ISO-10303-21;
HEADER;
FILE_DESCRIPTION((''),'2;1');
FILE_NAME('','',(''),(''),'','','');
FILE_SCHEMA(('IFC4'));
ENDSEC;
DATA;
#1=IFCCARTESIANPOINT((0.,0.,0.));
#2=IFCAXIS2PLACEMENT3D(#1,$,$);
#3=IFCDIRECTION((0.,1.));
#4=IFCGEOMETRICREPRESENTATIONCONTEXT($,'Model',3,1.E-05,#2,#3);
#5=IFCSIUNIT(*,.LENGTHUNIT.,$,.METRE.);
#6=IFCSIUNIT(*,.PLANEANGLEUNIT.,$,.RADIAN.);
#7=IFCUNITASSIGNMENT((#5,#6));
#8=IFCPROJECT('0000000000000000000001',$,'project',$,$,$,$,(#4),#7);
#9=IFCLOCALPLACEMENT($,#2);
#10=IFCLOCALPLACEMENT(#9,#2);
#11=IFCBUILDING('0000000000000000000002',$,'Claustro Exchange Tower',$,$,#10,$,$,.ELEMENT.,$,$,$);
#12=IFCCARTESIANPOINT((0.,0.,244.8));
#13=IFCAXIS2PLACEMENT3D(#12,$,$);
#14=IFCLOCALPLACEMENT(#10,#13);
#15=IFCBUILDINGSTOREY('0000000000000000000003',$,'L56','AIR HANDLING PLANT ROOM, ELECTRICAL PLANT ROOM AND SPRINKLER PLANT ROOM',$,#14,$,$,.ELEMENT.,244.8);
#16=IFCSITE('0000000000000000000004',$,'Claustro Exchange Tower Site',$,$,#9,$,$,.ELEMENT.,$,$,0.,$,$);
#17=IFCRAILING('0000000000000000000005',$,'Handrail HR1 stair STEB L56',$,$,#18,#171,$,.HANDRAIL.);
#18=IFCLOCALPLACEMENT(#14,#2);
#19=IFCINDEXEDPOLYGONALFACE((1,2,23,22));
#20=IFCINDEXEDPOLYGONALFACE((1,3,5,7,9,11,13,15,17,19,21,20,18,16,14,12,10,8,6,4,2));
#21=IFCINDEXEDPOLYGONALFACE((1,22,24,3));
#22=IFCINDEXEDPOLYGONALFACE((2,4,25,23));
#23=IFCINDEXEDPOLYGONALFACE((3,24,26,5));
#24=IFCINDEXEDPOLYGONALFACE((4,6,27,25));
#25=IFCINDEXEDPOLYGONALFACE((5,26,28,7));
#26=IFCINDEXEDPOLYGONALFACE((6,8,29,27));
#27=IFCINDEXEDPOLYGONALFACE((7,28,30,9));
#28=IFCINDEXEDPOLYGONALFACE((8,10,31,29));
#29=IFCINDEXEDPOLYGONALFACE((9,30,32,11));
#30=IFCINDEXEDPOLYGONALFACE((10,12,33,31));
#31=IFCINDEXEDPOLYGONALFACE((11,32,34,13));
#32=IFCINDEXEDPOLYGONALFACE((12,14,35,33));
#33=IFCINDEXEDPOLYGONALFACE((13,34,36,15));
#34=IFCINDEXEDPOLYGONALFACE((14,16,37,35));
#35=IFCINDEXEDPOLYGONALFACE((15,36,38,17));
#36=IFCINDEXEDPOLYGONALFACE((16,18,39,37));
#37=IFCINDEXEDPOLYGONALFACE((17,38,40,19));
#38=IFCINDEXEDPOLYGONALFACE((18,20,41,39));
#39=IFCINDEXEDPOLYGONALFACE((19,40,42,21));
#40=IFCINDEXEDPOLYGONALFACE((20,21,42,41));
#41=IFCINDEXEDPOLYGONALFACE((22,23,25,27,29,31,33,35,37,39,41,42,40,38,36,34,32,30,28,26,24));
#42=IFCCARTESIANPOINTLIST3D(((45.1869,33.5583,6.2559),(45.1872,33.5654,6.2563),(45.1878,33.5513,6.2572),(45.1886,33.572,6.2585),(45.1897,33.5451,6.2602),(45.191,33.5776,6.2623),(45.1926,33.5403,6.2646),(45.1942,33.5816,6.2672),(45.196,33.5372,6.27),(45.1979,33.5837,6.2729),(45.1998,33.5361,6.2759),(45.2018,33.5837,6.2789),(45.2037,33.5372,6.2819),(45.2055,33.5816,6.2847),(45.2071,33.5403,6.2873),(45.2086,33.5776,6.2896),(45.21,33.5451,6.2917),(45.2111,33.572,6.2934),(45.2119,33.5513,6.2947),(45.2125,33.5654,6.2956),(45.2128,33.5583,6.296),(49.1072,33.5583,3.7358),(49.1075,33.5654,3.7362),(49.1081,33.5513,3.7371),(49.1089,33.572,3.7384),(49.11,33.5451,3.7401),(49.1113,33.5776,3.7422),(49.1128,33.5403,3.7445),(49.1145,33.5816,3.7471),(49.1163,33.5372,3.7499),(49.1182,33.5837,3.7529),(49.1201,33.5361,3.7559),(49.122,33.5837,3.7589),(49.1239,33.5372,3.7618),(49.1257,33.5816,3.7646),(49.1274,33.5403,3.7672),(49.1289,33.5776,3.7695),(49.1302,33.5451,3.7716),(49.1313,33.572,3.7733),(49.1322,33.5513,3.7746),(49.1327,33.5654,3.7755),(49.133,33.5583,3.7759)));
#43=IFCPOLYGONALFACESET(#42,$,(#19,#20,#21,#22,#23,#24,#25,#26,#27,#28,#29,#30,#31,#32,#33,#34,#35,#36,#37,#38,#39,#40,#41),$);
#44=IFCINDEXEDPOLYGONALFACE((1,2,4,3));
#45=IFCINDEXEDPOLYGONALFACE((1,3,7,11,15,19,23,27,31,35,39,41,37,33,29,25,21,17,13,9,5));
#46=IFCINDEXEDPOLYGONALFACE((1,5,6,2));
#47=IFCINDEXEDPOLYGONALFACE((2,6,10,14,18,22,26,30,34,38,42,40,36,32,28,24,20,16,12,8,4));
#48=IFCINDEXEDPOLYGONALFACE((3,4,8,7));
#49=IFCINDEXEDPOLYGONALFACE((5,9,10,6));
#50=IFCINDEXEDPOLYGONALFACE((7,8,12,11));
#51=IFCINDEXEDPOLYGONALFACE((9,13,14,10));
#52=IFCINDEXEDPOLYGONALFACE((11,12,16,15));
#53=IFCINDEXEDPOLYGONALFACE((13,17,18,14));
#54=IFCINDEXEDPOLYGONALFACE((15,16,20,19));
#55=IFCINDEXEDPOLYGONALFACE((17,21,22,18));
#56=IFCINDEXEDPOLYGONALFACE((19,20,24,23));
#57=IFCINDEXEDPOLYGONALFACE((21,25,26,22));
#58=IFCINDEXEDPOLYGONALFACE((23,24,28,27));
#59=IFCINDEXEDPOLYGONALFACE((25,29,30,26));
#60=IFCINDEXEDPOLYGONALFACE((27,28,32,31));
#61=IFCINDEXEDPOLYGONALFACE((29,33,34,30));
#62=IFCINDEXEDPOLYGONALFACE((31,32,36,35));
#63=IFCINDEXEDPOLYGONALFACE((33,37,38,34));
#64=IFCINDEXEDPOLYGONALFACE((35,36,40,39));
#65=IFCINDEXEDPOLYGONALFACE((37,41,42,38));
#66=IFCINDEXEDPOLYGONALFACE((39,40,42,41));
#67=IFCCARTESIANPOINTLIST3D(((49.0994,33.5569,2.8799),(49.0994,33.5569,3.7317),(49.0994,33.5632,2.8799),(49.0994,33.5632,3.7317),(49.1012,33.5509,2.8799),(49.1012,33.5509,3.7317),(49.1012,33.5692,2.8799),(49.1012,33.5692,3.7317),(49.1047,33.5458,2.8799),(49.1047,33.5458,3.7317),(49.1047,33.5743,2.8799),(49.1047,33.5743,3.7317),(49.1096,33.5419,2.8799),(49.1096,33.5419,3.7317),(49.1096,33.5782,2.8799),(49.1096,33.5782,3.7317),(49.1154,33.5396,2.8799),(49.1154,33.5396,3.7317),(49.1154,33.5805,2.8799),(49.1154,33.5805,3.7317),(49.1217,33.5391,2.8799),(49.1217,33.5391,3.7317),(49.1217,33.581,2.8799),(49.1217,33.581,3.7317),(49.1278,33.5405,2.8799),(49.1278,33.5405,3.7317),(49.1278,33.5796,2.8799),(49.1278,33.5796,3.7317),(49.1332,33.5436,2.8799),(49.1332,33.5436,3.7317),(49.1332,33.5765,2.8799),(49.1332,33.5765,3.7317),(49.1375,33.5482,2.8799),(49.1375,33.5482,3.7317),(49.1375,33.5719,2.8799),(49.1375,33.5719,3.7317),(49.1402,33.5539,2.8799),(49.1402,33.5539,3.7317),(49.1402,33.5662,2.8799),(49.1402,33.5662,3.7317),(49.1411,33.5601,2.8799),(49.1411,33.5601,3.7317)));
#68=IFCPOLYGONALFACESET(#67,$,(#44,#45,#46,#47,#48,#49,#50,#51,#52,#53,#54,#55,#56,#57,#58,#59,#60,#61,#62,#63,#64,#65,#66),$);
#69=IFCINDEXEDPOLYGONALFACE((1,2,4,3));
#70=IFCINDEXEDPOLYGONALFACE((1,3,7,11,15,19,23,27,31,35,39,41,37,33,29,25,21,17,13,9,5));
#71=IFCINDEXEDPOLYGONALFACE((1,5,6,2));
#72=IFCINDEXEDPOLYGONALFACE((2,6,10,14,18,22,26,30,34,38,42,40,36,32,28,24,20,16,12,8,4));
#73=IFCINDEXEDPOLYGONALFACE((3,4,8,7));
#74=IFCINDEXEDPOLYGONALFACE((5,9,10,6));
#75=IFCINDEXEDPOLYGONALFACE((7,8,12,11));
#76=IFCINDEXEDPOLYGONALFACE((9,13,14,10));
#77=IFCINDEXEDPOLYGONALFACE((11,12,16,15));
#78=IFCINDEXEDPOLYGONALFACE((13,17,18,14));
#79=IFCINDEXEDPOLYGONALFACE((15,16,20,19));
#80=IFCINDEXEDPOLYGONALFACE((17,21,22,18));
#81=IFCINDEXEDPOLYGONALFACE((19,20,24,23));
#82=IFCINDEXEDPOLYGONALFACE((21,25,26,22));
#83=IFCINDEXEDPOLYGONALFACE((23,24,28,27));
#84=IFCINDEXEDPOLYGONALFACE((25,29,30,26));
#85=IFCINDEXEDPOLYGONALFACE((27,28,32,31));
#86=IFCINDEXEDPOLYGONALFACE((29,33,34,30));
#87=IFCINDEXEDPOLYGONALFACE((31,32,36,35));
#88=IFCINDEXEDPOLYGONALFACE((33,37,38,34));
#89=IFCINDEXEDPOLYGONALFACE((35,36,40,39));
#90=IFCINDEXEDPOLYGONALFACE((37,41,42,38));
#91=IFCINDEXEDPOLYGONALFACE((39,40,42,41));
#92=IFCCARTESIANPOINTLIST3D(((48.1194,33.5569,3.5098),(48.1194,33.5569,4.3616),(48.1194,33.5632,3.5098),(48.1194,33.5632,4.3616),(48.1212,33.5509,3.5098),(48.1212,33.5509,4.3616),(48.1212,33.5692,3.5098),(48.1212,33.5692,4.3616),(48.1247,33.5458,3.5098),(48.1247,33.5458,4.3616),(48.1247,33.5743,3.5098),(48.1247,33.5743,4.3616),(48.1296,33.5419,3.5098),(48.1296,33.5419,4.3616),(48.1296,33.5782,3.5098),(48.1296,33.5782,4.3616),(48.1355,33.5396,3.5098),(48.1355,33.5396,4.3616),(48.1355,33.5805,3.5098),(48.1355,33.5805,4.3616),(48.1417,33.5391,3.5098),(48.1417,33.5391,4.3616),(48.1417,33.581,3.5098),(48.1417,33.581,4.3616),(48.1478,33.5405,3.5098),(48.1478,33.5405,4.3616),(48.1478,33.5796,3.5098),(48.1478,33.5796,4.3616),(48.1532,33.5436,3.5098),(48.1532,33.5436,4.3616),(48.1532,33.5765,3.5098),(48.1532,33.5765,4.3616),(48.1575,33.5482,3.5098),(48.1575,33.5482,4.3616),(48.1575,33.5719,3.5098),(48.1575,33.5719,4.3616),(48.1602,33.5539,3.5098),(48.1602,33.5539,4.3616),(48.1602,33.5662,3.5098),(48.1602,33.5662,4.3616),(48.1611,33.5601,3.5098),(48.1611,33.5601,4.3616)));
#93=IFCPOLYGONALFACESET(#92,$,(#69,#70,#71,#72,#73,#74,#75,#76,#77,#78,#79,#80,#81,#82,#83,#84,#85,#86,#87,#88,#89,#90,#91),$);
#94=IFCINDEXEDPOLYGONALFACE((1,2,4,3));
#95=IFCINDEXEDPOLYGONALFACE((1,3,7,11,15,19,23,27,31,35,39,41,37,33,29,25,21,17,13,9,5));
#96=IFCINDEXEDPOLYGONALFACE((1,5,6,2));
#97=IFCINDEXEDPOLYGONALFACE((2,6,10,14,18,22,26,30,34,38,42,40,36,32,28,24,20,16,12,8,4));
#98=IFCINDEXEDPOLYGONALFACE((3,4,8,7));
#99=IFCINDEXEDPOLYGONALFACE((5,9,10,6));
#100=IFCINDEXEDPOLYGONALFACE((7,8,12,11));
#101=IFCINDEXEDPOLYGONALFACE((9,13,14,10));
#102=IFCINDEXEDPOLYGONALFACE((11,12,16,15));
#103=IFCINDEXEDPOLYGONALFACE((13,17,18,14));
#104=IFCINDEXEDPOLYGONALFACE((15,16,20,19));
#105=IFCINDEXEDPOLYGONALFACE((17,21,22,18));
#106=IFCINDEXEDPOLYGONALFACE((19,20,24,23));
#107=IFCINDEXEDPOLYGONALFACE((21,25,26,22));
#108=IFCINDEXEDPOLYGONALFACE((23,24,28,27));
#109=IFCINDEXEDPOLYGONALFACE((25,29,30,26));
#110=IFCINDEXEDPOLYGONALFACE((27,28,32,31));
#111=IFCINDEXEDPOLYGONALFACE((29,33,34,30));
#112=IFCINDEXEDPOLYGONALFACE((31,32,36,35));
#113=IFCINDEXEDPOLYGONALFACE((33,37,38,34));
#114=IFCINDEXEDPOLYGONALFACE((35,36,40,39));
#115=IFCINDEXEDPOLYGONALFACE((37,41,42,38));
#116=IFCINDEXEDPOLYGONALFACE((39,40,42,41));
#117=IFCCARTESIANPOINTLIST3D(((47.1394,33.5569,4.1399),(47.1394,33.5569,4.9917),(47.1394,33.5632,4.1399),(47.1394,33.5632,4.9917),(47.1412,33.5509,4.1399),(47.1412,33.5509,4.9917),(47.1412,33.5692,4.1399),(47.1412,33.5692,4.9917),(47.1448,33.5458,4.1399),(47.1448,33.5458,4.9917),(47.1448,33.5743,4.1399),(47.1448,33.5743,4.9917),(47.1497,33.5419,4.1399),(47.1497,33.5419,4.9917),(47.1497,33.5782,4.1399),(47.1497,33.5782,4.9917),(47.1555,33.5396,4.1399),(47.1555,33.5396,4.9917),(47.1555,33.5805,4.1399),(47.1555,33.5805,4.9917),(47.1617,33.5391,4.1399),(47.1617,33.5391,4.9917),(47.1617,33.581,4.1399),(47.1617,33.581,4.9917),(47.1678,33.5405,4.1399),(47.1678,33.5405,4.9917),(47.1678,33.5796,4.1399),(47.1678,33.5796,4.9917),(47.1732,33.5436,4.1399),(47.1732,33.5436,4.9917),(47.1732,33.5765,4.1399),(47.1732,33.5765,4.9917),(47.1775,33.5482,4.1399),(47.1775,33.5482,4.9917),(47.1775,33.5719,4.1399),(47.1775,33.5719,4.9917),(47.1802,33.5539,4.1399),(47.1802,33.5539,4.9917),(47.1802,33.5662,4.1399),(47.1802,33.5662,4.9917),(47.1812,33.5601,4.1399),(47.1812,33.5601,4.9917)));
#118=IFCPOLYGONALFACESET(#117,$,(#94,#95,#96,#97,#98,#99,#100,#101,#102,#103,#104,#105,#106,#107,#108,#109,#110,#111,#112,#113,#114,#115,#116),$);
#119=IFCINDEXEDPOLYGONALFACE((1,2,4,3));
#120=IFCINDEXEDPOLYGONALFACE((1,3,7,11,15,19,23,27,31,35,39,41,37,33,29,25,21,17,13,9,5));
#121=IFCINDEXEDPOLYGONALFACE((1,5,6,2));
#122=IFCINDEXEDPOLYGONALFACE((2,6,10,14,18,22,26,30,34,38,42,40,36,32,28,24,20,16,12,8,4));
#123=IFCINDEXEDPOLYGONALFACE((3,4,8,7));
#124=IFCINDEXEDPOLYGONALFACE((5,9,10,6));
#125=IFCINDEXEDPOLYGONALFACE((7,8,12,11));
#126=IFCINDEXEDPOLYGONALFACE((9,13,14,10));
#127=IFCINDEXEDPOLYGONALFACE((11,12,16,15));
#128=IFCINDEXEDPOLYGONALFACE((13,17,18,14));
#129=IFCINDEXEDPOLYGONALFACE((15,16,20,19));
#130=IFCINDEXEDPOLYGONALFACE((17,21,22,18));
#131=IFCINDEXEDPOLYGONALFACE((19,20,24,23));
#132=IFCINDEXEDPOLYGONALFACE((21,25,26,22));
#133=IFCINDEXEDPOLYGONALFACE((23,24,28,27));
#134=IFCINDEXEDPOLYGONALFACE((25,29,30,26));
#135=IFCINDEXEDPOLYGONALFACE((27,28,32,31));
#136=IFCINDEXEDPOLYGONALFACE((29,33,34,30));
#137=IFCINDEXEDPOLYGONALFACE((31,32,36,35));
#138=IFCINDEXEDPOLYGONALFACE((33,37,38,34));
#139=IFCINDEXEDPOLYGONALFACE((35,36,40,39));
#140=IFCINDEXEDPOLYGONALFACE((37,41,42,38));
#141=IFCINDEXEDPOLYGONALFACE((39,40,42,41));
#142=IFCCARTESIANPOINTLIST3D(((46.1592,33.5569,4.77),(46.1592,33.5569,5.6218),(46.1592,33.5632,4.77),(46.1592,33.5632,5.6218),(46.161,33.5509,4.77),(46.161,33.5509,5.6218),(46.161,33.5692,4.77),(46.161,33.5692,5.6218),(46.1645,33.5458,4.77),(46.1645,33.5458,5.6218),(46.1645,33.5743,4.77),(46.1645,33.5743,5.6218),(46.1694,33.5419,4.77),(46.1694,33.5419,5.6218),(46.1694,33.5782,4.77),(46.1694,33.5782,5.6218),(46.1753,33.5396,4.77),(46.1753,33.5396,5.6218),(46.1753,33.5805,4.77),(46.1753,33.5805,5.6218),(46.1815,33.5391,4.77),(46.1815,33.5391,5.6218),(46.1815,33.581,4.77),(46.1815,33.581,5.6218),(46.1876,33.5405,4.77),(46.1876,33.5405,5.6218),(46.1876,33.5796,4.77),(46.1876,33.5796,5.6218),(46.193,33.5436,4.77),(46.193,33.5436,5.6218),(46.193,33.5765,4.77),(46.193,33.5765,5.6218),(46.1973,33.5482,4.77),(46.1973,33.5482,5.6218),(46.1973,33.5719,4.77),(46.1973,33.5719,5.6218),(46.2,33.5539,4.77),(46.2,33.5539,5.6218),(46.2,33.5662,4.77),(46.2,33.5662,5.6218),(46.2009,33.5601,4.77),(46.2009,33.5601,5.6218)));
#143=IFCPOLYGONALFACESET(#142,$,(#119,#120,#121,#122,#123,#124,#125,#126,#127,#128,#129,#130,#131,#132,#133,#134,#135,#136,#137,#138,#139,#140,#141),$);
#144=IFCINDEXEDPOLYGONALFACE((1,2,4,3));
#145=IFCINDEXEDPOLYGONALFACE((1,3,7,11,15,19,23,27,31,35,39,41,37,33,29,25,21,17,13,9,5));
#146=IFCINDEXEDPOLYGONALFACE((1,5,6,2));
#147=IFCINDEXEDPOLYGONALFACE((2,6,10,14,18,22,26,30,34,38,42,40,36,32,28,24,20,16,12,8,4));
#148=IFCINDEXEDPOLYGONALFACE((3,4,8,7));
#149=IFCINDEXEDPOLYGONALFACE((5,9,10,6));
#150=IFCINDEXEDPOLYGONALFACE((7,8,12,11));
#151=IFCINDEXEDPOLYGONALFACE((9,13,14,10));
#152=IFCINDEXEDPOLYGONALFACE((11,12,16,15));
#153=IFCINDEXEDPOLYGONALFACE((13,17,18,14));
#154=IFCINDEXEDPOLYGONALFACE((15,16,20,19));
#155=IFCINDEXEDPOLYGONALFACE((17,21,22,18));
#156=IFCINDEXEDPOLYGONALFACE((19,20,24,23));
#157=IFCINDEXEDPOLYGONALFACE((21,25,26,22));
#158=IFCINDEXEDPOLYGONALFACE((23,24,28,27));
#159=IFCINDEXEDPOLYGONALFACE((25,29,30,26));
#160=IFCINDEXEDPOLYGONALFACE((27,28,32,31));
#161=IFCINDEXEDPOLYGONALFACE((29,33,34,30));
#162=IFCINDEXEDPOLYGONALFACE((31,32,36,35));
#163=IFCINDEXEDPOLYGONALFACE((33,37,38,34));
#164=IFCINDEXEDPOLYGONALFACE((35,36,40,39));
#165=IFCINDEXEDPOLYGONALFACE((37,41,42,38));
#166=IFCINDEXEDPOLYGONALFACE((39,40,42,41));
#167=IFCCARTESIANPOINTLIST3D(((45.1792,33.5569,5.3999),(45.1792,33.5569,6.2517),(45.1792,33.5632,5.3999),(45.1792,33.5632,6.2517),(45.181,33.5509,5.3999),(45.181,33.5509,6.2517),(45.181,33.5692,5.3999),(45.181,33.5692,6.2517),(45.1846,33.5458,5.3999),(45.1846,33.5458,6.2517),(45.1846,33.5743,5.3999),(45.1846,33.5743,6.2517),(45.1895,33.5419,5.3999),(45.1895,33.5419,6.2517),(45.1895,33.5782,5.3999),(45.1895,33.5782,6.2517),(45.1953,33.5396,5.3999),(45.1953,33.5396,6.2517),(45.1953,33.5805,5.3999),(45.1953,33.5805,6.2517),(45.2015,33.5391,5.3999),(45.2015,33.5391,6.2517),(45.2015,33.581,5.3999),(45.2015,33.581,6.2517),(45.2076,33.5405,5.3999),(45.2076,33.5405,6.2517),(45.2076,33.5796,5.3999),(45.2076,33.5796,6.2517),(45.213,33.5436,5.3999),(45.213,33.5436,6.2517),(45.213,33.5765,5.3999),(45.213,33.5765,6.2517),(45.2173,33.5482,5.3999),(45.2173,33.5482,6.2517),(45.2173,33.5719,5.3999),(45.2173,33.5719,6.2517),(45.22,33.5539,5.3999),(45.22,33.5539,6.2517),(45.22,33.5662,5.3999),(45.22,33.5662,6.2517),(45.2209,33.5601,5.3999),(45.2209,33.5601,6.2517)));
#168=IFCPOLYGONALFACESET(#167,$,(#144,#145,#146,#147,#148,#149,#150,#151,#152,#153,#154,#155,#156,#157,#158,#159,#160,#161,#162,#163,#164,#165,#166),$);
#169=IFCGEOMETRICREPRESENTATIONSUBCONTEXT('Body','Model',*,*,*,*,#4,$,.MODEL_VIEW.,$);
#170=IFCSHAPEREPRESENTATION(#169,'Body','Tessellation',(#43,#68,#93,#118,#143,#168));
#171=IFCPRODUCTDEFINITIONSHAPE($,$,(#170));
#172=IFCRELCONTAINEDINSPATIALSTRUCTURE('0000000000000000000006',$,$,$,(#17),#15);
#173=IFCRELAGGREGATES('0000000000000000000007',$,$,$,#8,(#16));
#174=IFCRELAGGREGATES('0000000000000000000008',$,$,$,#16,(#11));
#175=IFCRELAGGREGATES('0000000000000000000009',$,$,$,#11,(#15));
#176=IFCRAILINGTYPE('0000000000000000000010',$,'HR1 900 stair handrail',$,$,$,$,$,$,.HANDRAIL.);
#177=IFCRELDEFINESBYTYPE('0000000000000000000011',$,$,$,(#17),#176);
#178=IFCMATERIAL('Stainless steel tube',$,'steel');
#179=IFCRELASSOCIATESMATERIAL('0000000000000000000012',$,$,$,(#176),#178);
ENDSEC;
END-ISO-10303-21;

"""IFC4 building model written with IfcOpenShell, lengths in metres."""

from ifc_helpers import new_model, si_unit, direction, frame, origin, origin_2d, place, context, subcontext, project, spatial, circle, extrude, material, type_object, element, save


model = new_model("IFC4")

# Units and contexts
model_context = context("Model", 3, precision=1e-05, world=origin(), true_north=direction((0.0, 1.0)))
body_context = subcontext(model_context, "Body", "Model", "MODEL_VIEW")
ifc_project = project(units=[si_unit("LENGTHUNIT", "METRE"), si_unit("PLANEANGLEUNIT", "RADIAN")], contexts=[model_context])

# Site, building, storey
site_placement = place(None, origin())
site = spatial("IfcSite", under=ifc_project, at=site_placement, Name="Claustro Exchange Tower Site", CompositionType="ELEMENT", RefElevation=0.0)
building_placement = place(site_placement, origin())
building = spatial("IfcBuilding", under=site, at=building_placement, Name="Claustro Exchange Tower", CompositionType="ELEMENT")
storey_placement = place(building_placement, frame((0.0, 0.0, 244.8)))
storey = spatial("IfcBuildingStorey", under=building, at=storey_placement, Name="L56", Description="AIR HANDLING PLANT ROOM, ELECTRICAL PLANT ROOM AND SPRINKLER PLANT ROOM", CompositionType="ELEMENT", Elevation=244.8)

# Railing
ifc_material_1 = material(Name="Stainless steel tube", Category="steel")
railing_type_1 = type_object("IfcRailingType", Name="HR1 900 stair handrail", PredefinedType="HANDRAIL", material=ifc_material_1)
railing_1_placement = place(storey_placement, frame((49.1201, 33.5601, 2.8799)))
element("IfcRailing", 1, at=railing_1_placement, inside=storey, type_object=railing_type_1, Name="Handrail HR1 stair STEB L56", PredefinedType="HANDRAIL", context=body_context, shape_type="SweptSolid", body=[
    extrude(circle(Radius=0.0239, at=origin_2d()), frame((0.0, 0.0, 0.876), z_axis=(-0.841187, 0.0, 0.540744), x_axis=(0.0, -1.0, 0.0)), (0.0, 0.0, 1.0), 4.6604),
    extrude(circle(Radius=0.021, at=origin_2d()), origin(), (0.0, 0.0, 1.0), 0.8518),
    extrude(circle(Radius=0.021, at=origin_2d()), frame((-0.98, 0.0, 0.6299)), (0.0, 0.0, 1.0), 0.8518),
    extrude(circle(Radius=0.021, at=origin_2d()), frame((-1.96, 0.0, 1.26)), (0.0, 0.0, 1.0), 0.8518),
    extrude(circle(Radius=0.021, at=origin_2d()), frame((-2.9402, 0.0, 1.8901)), (0.0, 0.0, 1.0), 0.8518),
    extrude(circle(Radius=0.021, at=origin_2d()), frame((-3.9202, 0.0, 2.52)), (0.0, 0.0, 1.0), 0.8518),
])

save(model, "model.ifc")
